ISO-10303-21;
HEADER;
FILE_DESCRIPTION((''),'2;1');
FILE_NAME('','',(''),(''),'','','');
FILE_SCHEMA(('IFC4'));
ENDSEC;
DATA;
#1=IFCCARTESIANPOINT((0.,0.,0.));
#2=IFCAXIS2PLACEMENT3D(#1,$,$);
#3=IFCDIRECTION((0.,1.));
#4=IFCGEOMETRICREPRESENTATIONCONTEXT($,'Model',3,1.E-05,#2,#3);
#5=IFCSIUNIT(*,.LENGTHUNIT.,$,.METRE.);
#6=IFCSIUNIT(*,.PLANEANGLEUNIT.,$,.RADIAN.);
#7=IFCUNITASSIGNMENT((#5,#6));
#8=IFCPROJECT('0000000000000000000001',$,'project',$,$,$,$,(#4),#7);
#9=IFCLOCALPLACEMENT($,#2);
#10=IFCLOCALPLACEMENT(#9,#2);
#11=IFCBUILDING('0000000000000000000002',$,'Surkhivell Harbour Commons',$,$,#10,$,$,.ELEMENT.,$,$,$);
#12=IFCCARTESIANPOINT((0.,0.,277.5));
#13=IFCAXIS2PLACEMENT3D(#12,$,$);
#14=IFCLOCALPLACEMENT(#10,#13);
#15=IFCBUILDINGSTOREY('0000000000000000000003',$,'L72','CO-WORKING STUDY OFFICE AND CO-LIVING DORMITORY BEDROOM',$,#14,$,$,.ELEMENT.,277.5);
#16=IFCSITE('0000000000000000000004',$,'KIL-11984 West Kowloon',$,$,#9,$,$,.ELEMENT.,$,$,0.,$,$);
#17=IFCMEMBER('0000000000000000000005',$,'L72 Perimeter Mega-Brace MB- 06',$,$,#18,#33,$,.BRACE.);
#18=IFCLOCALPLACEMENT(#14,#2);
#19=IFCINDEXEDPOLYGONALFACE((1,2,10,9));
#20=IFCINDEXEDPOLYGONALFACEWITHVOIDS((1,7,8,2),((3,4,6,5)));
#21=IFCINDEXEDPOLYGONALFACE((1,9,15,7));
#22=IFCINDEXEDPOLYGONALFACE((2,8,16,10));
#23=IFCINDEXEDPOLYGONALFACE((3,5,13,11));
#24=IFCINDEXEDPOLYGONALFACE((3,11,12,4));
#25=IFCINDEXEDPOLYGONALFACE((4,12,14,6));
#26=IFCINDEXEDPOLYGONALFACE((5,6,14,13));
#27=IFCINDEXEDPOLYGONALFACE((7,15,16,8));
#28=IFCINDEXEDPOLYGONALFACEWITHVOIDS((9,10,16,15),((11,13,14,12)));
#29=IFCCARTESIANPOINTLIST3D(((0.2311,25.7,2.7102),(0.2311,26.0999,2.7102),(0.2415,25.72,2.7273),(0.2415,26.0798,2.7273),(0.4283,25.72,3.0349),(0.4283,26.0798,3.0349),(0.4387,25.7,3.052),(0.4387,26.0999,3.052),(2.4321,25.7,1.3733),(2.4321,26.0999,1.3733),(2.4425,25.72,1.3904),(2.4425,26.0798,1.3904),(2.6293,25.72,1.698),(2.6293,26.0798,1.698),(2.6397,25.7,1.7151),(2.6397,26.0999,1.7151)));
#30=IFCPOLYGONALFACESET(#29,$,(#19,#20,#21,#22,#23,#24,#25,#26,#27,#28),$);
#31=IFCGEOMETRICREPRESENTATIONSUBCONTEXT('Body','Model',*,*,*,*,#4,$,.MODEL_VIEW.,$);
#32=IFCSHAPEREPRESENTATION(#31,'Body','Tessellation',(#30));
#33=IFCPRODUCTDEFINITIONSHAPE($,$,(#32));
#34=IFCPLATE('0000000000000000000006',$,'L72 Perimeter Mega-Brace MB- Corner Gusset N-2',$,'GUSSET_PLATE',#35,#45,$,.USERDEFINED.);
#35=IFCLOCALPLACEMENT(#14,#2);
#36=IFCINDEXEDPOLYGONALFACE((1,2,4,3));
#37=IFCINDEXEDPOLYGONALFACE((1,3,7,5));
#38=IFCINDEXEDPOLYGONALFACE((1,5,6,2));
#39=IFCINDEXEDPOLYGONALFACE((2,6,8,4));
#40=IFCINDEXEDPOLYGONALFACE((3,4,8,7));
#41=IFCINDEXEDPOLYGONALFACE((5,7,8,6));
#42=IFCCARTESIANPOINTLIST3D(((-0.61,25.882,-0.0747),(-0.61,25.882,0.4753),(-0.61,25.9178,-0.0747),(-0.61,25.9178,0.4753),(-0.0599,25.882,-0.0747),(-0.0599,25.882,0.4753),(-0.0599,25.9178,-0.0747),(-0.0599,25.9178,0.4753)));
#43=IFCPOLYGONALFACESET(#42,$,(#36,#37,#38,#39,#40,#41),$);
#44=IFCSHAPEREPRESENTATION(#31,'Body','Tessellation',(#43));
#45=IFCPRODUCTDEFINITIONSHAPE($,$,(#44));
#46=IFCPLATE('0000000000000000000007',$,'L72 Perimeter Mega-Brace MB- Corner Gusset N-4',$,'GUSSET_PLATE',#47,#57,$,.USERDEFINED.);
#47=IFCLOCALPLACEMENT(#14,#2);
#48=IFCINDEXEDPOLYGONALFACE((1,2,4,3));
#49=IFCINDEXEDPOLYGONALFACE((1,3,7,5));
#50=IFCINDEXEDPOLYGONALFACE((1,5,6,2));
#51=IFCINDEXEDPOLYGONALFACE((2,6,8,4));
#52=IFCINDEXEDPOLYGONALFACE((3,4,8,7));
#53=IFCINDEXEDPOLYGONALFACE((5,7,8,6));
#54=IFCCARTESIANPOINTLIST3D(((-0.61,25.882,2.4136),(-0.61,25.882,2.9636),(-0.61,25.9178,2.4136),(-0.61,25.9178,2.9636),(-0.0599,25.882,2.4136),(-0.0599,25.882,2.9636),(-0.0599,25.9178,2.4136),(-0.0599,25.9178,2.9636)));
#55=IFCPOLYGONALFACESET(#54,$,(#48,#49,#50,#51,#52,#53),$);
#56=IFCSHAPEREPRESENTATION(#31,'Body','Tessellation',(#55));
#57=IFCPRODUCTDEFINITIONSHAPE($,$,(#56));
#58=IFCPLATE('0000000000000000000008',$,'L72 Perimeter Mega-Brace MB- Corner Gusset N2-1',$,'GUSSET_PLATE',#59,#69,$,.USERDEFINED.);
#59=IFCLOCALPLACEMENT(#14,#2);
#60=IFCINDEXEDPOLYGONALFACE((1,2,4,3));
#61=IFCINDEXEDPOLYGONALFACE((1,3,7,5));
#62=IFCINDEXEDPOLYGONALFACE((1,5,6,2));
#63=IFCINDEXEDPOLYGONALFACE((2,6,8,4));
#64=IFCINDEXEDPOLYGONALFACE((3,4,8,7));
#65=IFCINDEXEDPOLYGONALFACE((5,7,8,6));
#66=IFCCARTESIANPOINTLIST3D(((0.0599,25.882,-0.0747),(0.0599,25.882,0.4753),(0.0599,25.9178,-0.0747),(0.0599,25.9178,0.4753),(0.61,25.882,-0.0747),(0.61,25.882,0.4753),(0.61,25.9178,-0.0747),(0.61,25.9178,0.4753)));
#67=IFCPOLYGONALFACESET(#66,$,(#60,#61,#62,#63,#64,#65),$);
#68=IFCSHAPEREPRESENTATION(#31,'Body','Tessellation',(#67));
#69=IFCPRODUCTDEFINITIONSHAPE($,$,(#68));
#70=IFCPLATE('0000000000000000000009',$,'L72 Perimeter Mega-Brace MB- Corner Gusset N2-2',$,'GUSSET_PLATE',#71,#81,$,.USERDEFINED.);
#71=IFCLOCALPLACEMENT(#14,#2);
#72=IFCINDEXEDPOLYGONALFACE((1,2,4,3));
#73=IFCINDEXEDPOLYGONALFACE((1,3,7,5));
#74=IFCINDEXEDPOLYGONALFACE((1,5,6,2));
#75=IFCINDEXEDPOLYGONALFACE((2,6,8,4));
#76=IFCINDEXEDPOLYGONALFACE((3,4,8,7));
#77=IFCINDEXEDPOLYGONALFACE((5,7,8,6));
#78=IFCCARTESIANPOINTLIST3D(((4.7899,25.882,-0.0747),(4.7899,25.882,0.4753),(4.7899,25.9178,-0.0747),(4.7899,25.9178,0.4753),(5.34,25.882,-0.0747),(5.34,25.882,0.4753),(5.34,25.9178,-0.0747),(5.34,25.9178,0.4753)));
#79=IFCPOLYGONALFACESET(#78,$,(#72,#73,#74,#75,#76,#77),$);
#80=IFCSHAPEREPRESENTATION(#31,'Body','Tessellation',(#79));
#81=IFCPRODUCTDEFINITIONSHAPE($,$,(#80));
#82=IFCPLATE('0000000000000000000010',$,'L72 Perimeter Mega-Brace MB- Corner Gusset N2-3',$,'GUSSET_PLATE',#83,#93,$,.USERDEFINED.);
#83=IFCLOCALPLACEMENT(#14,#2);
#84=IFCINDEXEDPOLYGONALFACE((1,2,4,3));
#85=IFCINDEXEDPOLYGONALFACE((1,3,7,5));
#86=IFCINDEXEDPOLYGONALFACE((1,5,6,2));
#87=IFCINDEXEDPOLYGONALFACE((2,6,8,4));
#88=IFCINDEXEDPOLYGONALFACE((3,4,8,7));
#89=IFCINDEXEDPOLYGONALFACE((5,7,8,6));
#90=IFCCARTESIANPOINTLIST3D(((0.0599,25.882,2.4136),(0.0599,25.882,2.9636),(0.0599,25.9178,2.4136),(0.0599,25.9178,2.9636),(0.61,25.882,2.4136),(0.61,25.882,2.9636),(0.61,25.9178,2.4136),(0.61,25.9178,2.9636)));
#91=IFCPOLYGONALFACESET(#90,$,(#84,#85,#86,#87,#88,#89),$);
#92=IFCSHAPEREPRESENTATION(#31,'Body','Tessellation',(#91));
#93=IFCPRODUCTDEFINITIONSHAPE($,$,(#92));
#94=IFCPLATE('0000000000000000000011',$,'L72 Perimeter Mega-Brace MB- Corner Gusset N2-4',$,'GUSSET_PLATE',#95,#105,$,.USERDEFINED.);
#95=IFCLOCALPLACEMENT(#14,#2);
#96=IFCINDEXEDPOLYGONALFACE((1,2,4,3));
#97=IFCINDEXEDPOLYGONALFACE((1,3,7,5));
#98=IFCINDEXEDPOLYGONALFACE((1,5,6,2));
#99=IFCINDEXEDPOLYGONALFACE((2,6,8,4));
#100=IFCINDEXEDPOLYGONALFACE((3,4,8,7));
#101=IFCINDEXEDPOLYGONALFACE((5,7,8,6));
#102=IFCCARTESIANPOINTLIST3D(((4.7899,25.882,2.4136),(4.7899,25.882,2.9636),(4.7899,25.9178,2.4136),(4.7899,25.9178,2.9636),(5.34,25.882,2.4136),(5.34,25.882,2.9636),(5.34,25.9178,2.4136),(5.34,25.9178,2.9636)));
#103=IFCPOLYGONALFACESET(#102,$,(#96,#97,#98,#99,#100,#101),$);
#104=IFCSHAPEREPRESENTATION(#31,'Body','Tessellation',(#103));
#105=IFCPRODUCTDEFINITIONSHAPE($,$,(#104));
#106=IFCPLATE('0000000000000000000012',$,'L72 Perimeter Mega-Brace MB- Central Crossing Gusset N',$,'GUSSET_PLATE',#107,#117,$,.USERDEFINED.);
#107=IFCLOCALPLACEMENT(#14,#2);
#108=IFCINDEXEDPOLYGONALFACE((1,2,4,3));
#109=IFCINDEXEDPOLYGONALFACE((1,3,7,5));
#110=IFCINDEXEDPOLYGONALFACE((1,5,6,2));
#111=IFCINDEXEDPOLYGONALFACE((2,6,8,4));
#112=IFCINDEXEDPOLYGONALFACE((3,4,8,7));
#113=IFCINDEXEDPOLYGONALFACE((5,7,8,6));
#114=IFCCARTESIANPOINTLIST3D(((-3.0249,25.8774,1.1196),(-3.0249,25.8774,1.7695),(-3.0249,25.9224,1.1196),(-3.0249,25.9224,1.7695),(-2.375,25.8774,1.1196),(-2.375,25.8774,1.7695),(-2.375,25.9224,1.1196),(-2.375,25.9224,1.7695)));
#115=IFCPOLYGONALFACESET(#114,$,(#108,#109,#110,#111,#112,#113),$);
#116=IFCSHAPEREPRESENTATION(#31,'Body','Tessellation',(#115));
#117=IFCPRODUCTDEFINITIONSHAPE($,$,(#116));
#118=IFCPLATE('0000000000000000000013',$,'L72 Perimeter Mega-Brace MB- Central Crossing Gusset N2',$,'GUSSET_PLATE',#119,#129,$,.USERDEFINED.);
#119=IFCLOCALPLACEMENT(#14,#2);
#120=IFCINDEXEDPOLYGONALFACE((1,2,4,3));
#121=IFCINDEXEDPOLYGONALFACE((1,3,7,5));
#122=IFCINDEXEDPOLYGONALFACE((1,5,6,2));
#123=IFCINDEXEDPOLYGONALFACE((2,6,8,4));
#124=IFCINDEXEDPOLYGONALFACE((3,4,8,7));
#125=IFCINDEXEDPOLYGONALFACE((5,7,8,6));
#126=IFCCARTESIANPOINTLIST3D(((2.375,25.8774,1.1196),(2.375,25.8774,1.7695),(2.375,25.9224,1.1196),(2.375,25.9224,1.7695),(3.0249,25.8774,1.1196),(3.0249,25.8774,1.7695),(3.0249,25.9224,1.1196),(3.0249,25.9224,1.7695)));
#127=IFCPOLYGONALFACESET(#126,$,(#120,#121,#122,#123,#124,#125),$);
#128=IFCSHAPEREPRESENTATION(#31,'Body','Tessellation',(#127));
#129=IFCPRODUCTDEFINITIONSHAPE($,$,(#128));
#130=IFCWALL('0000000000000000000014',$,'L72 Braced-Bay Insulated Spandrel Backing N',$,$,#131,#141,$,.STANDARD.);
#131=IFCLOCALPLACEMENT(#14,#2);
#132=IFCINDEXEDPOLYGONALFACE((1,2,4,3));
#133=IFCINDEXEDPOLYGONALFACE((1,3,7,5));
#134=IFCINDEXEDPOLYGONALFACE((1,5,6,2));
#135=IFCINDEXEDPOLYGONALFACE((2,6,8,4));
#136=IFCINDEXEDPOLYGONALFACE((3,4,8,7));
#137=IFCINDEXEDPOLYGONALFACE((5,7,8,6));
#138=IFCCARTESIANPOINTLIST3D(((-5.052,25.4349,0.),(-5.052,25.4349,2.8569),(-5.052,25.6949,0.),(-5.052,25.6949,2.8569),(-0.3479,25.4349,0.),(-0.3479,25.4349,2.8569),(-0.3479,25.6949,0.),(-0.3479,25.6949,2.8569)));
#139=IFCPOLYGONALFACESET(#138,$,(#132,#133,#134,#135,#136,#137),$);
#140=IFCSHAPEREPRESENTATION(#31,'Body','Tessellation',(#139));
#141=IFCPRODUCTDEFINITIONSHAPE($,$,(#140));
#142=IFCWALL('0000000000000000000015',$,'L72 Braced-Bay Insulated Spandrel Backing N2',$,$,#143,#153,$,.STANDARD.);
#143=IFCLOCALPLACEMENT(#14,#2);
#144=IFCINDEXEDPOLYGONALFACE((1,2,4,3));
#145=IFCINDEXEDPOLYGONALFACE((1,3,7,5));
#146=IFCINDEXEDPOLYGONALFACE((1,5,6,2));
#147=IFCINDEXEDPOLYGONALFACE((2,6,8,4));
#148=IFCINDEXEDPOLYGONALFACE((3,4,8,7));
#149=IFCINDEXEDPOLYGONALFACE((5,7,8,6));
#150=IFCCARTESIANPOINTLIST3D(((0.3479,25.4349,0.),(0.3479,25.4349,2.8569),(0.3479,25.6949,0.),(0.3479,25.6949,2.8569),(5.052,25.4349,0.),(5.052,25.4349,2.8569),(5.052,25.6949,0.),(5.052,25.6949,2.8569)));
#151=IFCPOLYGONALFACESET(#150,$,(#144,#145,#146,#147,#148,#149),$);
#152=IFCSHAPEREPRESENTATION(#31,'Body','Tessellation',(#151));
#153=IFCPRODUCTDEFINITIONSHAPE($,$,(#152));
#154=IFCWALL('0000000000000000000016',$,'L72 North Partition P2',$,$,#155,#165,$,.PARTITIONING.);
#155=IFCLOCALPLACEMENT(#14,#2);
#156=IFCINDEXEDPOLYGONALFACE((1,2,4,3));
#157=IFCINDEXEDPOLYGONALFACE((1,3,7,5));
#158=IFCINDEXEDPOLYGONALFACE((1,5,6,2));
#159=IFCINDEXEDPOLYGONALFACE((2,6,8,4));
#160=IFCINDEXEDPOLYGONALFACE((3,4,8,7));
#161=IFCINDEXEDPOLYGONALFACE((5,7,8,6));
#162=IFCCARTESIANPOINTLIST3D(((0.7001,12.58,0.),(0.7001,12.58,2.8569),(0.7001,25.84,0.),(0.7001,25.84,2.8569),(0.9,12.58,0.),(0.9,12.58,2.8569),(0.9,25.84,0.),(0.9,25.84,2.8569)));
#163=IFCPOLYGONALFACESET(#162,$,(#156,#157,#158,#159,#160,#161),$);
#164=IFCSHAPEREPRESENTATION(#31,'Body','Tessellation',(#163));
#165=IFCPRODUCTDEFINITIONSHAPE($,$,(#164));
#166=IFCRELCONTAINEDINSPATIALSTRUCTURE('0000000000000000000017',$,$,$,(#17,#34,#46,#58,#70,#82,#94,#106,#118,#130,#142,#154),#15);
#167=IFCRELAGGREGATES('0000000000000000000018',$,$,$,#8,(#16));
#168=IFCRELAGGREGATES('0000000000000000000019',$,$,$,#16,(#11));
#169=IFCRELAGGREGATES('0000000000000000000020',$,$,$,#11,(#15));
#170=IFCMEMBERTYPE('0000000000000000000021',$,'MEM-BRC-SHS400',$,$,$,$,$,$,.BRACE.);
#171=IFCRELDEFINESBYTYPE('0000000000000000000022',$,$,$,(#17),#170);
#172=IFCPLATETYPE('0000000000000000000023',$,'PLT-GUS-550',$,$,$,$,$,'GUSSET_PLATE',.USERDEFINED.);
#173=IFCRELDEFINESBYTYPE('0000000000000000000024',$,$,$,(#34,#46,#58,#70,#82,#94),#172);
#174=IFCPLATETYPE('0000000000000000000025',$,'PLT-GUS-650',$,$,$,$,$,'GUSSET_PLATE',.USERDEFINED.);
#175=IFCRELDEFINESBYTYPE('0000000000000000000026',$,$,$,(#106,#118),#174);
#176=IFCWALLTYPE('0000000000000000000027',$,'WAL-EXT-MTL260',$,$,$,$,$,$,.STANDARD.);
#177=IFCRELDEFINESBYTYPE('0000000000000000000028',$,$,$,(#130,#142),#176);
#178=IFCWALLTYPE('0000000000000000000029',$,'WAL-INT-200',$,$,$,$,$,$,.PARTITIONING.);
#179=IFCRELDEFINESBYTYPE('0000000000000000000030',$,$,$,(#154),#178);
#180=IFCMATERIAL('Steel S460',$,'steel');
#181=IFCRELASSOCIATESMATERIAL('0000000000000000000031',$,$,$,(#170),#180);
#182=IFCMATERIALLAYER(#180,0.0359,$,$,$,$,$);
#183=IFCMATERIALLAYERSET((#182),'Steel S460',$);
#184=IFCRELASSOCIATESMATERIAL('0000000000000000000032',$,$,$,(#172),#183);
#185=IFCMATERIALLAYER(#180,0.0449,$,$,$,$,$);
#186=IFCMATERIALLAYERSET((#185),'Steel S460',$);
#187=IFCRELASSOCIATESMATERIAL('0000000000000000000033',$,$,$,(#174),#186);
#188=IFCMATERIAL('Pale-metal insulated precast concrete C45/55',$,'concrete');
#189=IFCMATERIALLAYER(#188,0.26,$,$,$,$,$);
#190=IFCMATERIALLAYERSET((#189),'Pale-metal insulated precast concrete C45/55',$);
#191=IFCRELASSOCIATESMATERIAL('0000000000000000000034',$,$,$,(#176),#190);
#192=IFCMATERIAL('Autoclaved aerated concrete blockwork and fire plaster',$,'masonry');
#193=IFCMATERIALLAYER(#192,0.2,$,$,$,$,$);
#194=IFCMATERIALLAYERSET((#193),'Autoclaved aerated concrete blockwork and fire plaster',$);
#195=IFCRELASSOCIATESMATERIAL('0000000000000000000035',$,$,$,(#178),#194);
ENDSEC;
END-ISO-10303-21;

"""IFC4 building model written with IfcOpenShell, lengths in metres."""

from ifc_helpers import new_model, si_unit, direction, frame, frame_2d, origin, origin_2d, place, context, subcontext, project, spatial, rectangle, hollow_rectangle, extrude, material, layer, layer_set, material_profile, profile_set, type_object, element, save


model = new_model("IFC4")

# Units and contexts
model_context = context("Model", 3, precision=1e-05, world=origin(), true_north=direction((0.0, 1.0)))
body_context = subcontext(model_context, "Body", "Model", "MODEL_VIEW")
ifc_project = project(units=[si_unit("LENGTHUNIT", "METRE"), si_unit("PLANEANGLEUNIT", "RADIAN")], contexts=[model_context])

# Site, building, storey
site_placement = place(None, origin())
site = spatial("IfcSite", under=ifc_project, at=site_placement, Name="KIL-11984 West Kowloon", CompositionType="ELEMENT", RefElevation=0.0)
building_placement = place(site_placement, origin())
building = spatial("IfcBuilding", under=site, at=building_placement, Name="Surkhivell Harbour Commons", CompositionType="ELEMENT")
storey_placement = place(building_placement, frame((0.0, 0.0, 277.5)))
storey = spatial("IfcBuildingStorey", under=building, at=storey_placement, Name="L72", Description="CO-WORKING STUDY OFFICE AND CO-LIVING DORMITORY BEDROOM", CompositionType="ELEMENT", Elevation=277.5)

# Member
ifc_material_1 = material(Name="Steel S460", Category="steel")
ifc_material_profile_1 = material_profile(ifc_material_1, hollow_rectangle(XDim=0.3999, YDim=0.3999, WallThickness=0.02, at=origin_2d()), Name="SHS400x400x20")
ifc_profile_set_1 = profile_set([ifc_material_profile_1], Name="Steel S460")
member_type_1 = type_object("IfcMemberType", Name="MEM-BRC-SHS400", PredefinedType="BRACE", material=ifc_profile_set_1)
member_1_placement = place(storey_placement, frame((2.5359, 25.8999, 1.5442), z_axis=(-0.854678, 0.0, 0.519159), x_axis=(0.0, -1.0, 0.0)))
element("IfcMember", 1, at=member_1_placement, inside=storey, type_object=member_type_1, Name="L72 Perimeter Mega-Brace MB- 06", PredefinedType="BRACE", context=body_context, shape_type="SweptSolid", body=[
    extrude(hollow_rectangle(XDim=0.3999, YDim=0.3999, WallThickness=0.02, at=origin_2d()), origin(), (0.0, 0.0, 1.0), 2.5752),
])

# Plates
ifc_layer_1 = layer(ifc_material_1, 0.0359)
ifc_layer_set_1 = layer_set([ifc_layer_1], Name="Steel S460")
plate_type_1 = type_object("IfcPlateType", Name="PLT-GUS-550", ElementType="GUSSET_PLATE", PredefinedType="USERDEFINED", material=ifc_layer_set_1)
for number, where, z_axis, x_axis, name in (
    (2, (-0.335, 25.8999, -0.0747), (0.0, 0.0, 1.0), (1.0, 0.0, 0.0), "L72 Perimeter Mega-Brace MB- Corner Gusset N-2"),
    (3, (-0.335, 25.8999, 2.4136), (0.0, 0.0, 1.0), (1.0, 0.0, 0.0), "L72 Perimeter Mega-Brace MB- Corner Gusset N-4"),
    (4, (0.335, 25.8999, -0.0747), (0.0, 0.0, 1.0), (1.0, 0.0, 0.0), "L72 Perimeter Mega-Brace MB- Corner Gusset N2-1"),
    (5, (5.0649, 25.8999, -0.0747), (0.0, 0.0, 1.0), (1.0, 0.0, 0.0), "L72 Perimeter Mega-Brace MB- Corner Gusset N2-2"),
    (6, (0.335, 25.8999, 2.4136), (0.0, 0.0, 1.0), (1.0, 0.0, 0.0), "L72 Perimeter Mega-Brace MB- Corner Gusset N2-3"),
    (7, (5.0649, 25.8999, 2.4136), (0.0, 0.0, 1.0), (1.0, 0.0, 0.0), "L72 Perimeter Mega-Brace MB- Corner Gusset N2-4"),
):
    element("IfcPlate", number, at=place(storey_placement, frame(where, z_axis=z_axis, x_axis=x_axis)), inside=storey, type_object=plate_type_1, Name=name, ObjectType="GUSSET_PLATE", PredefinedType="USERDEFINED", context=body_context, shape_type="SweptSolid", body=[
        extrude(rectangle(XDim=0.55, YDim=0.0359, at=origin_2d()), origin(), (0.0, 0.0, 1.0), 0.55),
    ])
ifc_layer_2 = layer(ifc_material_1, 0.0449)
ifc_layer_set_2 = layer_set([ifc_layer_2], Name="Steel S460")
plate_type_2 = type_object("IfcPlateType", Name="PLT-GUS-650", ElementType="GUSSET_PLATE", PredefinedType="USERDEFINED", material=ifc_layer_set_2)
for number, where, z_axis, x_axis, name in (
    (8, (-2.7, 25.8999, 1.1196), (0.0, 0.0, 1.0), (1.0, 0.0, 0.0), "L72 Perimeter Mega-Brace MB- Central Crossing Gusset N"),
    (9, (2.7, 25.8999, 1.1196), (0.0, 0.0, 1.0), (1.0, 0.0, 0.0), "L72 Perimeter Mega-Brace MB- Central Crossing Gusset N2"),
):
    element("IfcPlate", number, at=place(storey_placement, frame(where, z_axis=z_axis, x_axis=x_axis)), inside=storey, type_object=plate_type_2, Name=name, ObjectType="GUSSET_PLATE", PredefinedType="USERDEFINED", context=body_context, shape_type="SweptSolid", body=[
        extrude(rectangle(XDim=0.6499, YDim=0.0449, at=origin_2d()), origin(), (0.0, 0.0, 1.0), 0.6499),
    ])

# Walls
ifc_material_2 = material(Name="Pale-metal insulated precast concrete C45/55", Category="concrete")
ifc_layer_3 = layer(ifc_material_2, 0.26)
ifc_layer_set_3 = layer_set([ifc_layer_3], Name="Pale-metal insulated precast concrete C45/55")
wall_type_1 = type_object("IfcWallType", Name="WAL-EXT-MTL260", PredefinedType="STANDARD", material=ifc_layer_set_3)
for number, where, z_axis, x_axis, name in (
    (10, (-0.3479, 25.5649, 0.0), (0.0, 0.0, 1.0), (-1.0, 0.0, 0.0), "L72 Braced-Bay Insulated Spandrel Backing N"),
    (11, (5.052, 25.5649, 0.0), (0.0, 0.0, 1.0), (-1.0, 0.0, 0.0), "L72 Braced-Bay Insulated Spandrel Backing N2"),
):
    element("IfcWall", number, at=place(storey_placement, frame(where, z_axis=z_axis, x_axis=x_axis)), inside=storey, type_object=wall_type_1, Name=name, PredefinedType="STANDARD", context=body_context, shape_type="SweptSolid", body=[
        extrude(rectangle(XDim=4.7041, YDim=0.26, at=frame_2d((2.3521, 0.0))), origin(), (0.0, 0.0, 1.0), 2.8569),
    ])
ifc_material_3 = material(Name="Autoclaved aerated concrete blockwork and fire plaster", Category="masonry")
ifc_layer_4 = layer(ifc_material_3, 0.2)
ifc_layer_set_4 = layer_set([ifc_layer_4], Name="Autoclaved aerated concrete blockwork and fire plaster")
wall_type_2 = type_object("IfcWallType", Name="WAL-INT-200", PredefinedType="PARTITIONING", material=ifc_layer_set_4)
wall_placement = place(storey_placement, frame((0.8, 12.5801, 0.0), z_axis=(0.0, 0.0, 1.0), x_axis=(0.0, 1.0, 0.0)))
element("IfcWall", 12, at=wall_placement, inside=storey, type_object=wall_type_2, Name="L72 North Partition P2", PredefinedType="PARTITIONING", context=body_context, shape_type="SweptSolid", body=[
    extrude(rectangle(XDim=13.26, YDim=0.2, at=frame_2d((6.6299, 0.0))), origin(), (0.0, 0.0, 1.0), 2.8569),
])

save(model, "model.ifc")
